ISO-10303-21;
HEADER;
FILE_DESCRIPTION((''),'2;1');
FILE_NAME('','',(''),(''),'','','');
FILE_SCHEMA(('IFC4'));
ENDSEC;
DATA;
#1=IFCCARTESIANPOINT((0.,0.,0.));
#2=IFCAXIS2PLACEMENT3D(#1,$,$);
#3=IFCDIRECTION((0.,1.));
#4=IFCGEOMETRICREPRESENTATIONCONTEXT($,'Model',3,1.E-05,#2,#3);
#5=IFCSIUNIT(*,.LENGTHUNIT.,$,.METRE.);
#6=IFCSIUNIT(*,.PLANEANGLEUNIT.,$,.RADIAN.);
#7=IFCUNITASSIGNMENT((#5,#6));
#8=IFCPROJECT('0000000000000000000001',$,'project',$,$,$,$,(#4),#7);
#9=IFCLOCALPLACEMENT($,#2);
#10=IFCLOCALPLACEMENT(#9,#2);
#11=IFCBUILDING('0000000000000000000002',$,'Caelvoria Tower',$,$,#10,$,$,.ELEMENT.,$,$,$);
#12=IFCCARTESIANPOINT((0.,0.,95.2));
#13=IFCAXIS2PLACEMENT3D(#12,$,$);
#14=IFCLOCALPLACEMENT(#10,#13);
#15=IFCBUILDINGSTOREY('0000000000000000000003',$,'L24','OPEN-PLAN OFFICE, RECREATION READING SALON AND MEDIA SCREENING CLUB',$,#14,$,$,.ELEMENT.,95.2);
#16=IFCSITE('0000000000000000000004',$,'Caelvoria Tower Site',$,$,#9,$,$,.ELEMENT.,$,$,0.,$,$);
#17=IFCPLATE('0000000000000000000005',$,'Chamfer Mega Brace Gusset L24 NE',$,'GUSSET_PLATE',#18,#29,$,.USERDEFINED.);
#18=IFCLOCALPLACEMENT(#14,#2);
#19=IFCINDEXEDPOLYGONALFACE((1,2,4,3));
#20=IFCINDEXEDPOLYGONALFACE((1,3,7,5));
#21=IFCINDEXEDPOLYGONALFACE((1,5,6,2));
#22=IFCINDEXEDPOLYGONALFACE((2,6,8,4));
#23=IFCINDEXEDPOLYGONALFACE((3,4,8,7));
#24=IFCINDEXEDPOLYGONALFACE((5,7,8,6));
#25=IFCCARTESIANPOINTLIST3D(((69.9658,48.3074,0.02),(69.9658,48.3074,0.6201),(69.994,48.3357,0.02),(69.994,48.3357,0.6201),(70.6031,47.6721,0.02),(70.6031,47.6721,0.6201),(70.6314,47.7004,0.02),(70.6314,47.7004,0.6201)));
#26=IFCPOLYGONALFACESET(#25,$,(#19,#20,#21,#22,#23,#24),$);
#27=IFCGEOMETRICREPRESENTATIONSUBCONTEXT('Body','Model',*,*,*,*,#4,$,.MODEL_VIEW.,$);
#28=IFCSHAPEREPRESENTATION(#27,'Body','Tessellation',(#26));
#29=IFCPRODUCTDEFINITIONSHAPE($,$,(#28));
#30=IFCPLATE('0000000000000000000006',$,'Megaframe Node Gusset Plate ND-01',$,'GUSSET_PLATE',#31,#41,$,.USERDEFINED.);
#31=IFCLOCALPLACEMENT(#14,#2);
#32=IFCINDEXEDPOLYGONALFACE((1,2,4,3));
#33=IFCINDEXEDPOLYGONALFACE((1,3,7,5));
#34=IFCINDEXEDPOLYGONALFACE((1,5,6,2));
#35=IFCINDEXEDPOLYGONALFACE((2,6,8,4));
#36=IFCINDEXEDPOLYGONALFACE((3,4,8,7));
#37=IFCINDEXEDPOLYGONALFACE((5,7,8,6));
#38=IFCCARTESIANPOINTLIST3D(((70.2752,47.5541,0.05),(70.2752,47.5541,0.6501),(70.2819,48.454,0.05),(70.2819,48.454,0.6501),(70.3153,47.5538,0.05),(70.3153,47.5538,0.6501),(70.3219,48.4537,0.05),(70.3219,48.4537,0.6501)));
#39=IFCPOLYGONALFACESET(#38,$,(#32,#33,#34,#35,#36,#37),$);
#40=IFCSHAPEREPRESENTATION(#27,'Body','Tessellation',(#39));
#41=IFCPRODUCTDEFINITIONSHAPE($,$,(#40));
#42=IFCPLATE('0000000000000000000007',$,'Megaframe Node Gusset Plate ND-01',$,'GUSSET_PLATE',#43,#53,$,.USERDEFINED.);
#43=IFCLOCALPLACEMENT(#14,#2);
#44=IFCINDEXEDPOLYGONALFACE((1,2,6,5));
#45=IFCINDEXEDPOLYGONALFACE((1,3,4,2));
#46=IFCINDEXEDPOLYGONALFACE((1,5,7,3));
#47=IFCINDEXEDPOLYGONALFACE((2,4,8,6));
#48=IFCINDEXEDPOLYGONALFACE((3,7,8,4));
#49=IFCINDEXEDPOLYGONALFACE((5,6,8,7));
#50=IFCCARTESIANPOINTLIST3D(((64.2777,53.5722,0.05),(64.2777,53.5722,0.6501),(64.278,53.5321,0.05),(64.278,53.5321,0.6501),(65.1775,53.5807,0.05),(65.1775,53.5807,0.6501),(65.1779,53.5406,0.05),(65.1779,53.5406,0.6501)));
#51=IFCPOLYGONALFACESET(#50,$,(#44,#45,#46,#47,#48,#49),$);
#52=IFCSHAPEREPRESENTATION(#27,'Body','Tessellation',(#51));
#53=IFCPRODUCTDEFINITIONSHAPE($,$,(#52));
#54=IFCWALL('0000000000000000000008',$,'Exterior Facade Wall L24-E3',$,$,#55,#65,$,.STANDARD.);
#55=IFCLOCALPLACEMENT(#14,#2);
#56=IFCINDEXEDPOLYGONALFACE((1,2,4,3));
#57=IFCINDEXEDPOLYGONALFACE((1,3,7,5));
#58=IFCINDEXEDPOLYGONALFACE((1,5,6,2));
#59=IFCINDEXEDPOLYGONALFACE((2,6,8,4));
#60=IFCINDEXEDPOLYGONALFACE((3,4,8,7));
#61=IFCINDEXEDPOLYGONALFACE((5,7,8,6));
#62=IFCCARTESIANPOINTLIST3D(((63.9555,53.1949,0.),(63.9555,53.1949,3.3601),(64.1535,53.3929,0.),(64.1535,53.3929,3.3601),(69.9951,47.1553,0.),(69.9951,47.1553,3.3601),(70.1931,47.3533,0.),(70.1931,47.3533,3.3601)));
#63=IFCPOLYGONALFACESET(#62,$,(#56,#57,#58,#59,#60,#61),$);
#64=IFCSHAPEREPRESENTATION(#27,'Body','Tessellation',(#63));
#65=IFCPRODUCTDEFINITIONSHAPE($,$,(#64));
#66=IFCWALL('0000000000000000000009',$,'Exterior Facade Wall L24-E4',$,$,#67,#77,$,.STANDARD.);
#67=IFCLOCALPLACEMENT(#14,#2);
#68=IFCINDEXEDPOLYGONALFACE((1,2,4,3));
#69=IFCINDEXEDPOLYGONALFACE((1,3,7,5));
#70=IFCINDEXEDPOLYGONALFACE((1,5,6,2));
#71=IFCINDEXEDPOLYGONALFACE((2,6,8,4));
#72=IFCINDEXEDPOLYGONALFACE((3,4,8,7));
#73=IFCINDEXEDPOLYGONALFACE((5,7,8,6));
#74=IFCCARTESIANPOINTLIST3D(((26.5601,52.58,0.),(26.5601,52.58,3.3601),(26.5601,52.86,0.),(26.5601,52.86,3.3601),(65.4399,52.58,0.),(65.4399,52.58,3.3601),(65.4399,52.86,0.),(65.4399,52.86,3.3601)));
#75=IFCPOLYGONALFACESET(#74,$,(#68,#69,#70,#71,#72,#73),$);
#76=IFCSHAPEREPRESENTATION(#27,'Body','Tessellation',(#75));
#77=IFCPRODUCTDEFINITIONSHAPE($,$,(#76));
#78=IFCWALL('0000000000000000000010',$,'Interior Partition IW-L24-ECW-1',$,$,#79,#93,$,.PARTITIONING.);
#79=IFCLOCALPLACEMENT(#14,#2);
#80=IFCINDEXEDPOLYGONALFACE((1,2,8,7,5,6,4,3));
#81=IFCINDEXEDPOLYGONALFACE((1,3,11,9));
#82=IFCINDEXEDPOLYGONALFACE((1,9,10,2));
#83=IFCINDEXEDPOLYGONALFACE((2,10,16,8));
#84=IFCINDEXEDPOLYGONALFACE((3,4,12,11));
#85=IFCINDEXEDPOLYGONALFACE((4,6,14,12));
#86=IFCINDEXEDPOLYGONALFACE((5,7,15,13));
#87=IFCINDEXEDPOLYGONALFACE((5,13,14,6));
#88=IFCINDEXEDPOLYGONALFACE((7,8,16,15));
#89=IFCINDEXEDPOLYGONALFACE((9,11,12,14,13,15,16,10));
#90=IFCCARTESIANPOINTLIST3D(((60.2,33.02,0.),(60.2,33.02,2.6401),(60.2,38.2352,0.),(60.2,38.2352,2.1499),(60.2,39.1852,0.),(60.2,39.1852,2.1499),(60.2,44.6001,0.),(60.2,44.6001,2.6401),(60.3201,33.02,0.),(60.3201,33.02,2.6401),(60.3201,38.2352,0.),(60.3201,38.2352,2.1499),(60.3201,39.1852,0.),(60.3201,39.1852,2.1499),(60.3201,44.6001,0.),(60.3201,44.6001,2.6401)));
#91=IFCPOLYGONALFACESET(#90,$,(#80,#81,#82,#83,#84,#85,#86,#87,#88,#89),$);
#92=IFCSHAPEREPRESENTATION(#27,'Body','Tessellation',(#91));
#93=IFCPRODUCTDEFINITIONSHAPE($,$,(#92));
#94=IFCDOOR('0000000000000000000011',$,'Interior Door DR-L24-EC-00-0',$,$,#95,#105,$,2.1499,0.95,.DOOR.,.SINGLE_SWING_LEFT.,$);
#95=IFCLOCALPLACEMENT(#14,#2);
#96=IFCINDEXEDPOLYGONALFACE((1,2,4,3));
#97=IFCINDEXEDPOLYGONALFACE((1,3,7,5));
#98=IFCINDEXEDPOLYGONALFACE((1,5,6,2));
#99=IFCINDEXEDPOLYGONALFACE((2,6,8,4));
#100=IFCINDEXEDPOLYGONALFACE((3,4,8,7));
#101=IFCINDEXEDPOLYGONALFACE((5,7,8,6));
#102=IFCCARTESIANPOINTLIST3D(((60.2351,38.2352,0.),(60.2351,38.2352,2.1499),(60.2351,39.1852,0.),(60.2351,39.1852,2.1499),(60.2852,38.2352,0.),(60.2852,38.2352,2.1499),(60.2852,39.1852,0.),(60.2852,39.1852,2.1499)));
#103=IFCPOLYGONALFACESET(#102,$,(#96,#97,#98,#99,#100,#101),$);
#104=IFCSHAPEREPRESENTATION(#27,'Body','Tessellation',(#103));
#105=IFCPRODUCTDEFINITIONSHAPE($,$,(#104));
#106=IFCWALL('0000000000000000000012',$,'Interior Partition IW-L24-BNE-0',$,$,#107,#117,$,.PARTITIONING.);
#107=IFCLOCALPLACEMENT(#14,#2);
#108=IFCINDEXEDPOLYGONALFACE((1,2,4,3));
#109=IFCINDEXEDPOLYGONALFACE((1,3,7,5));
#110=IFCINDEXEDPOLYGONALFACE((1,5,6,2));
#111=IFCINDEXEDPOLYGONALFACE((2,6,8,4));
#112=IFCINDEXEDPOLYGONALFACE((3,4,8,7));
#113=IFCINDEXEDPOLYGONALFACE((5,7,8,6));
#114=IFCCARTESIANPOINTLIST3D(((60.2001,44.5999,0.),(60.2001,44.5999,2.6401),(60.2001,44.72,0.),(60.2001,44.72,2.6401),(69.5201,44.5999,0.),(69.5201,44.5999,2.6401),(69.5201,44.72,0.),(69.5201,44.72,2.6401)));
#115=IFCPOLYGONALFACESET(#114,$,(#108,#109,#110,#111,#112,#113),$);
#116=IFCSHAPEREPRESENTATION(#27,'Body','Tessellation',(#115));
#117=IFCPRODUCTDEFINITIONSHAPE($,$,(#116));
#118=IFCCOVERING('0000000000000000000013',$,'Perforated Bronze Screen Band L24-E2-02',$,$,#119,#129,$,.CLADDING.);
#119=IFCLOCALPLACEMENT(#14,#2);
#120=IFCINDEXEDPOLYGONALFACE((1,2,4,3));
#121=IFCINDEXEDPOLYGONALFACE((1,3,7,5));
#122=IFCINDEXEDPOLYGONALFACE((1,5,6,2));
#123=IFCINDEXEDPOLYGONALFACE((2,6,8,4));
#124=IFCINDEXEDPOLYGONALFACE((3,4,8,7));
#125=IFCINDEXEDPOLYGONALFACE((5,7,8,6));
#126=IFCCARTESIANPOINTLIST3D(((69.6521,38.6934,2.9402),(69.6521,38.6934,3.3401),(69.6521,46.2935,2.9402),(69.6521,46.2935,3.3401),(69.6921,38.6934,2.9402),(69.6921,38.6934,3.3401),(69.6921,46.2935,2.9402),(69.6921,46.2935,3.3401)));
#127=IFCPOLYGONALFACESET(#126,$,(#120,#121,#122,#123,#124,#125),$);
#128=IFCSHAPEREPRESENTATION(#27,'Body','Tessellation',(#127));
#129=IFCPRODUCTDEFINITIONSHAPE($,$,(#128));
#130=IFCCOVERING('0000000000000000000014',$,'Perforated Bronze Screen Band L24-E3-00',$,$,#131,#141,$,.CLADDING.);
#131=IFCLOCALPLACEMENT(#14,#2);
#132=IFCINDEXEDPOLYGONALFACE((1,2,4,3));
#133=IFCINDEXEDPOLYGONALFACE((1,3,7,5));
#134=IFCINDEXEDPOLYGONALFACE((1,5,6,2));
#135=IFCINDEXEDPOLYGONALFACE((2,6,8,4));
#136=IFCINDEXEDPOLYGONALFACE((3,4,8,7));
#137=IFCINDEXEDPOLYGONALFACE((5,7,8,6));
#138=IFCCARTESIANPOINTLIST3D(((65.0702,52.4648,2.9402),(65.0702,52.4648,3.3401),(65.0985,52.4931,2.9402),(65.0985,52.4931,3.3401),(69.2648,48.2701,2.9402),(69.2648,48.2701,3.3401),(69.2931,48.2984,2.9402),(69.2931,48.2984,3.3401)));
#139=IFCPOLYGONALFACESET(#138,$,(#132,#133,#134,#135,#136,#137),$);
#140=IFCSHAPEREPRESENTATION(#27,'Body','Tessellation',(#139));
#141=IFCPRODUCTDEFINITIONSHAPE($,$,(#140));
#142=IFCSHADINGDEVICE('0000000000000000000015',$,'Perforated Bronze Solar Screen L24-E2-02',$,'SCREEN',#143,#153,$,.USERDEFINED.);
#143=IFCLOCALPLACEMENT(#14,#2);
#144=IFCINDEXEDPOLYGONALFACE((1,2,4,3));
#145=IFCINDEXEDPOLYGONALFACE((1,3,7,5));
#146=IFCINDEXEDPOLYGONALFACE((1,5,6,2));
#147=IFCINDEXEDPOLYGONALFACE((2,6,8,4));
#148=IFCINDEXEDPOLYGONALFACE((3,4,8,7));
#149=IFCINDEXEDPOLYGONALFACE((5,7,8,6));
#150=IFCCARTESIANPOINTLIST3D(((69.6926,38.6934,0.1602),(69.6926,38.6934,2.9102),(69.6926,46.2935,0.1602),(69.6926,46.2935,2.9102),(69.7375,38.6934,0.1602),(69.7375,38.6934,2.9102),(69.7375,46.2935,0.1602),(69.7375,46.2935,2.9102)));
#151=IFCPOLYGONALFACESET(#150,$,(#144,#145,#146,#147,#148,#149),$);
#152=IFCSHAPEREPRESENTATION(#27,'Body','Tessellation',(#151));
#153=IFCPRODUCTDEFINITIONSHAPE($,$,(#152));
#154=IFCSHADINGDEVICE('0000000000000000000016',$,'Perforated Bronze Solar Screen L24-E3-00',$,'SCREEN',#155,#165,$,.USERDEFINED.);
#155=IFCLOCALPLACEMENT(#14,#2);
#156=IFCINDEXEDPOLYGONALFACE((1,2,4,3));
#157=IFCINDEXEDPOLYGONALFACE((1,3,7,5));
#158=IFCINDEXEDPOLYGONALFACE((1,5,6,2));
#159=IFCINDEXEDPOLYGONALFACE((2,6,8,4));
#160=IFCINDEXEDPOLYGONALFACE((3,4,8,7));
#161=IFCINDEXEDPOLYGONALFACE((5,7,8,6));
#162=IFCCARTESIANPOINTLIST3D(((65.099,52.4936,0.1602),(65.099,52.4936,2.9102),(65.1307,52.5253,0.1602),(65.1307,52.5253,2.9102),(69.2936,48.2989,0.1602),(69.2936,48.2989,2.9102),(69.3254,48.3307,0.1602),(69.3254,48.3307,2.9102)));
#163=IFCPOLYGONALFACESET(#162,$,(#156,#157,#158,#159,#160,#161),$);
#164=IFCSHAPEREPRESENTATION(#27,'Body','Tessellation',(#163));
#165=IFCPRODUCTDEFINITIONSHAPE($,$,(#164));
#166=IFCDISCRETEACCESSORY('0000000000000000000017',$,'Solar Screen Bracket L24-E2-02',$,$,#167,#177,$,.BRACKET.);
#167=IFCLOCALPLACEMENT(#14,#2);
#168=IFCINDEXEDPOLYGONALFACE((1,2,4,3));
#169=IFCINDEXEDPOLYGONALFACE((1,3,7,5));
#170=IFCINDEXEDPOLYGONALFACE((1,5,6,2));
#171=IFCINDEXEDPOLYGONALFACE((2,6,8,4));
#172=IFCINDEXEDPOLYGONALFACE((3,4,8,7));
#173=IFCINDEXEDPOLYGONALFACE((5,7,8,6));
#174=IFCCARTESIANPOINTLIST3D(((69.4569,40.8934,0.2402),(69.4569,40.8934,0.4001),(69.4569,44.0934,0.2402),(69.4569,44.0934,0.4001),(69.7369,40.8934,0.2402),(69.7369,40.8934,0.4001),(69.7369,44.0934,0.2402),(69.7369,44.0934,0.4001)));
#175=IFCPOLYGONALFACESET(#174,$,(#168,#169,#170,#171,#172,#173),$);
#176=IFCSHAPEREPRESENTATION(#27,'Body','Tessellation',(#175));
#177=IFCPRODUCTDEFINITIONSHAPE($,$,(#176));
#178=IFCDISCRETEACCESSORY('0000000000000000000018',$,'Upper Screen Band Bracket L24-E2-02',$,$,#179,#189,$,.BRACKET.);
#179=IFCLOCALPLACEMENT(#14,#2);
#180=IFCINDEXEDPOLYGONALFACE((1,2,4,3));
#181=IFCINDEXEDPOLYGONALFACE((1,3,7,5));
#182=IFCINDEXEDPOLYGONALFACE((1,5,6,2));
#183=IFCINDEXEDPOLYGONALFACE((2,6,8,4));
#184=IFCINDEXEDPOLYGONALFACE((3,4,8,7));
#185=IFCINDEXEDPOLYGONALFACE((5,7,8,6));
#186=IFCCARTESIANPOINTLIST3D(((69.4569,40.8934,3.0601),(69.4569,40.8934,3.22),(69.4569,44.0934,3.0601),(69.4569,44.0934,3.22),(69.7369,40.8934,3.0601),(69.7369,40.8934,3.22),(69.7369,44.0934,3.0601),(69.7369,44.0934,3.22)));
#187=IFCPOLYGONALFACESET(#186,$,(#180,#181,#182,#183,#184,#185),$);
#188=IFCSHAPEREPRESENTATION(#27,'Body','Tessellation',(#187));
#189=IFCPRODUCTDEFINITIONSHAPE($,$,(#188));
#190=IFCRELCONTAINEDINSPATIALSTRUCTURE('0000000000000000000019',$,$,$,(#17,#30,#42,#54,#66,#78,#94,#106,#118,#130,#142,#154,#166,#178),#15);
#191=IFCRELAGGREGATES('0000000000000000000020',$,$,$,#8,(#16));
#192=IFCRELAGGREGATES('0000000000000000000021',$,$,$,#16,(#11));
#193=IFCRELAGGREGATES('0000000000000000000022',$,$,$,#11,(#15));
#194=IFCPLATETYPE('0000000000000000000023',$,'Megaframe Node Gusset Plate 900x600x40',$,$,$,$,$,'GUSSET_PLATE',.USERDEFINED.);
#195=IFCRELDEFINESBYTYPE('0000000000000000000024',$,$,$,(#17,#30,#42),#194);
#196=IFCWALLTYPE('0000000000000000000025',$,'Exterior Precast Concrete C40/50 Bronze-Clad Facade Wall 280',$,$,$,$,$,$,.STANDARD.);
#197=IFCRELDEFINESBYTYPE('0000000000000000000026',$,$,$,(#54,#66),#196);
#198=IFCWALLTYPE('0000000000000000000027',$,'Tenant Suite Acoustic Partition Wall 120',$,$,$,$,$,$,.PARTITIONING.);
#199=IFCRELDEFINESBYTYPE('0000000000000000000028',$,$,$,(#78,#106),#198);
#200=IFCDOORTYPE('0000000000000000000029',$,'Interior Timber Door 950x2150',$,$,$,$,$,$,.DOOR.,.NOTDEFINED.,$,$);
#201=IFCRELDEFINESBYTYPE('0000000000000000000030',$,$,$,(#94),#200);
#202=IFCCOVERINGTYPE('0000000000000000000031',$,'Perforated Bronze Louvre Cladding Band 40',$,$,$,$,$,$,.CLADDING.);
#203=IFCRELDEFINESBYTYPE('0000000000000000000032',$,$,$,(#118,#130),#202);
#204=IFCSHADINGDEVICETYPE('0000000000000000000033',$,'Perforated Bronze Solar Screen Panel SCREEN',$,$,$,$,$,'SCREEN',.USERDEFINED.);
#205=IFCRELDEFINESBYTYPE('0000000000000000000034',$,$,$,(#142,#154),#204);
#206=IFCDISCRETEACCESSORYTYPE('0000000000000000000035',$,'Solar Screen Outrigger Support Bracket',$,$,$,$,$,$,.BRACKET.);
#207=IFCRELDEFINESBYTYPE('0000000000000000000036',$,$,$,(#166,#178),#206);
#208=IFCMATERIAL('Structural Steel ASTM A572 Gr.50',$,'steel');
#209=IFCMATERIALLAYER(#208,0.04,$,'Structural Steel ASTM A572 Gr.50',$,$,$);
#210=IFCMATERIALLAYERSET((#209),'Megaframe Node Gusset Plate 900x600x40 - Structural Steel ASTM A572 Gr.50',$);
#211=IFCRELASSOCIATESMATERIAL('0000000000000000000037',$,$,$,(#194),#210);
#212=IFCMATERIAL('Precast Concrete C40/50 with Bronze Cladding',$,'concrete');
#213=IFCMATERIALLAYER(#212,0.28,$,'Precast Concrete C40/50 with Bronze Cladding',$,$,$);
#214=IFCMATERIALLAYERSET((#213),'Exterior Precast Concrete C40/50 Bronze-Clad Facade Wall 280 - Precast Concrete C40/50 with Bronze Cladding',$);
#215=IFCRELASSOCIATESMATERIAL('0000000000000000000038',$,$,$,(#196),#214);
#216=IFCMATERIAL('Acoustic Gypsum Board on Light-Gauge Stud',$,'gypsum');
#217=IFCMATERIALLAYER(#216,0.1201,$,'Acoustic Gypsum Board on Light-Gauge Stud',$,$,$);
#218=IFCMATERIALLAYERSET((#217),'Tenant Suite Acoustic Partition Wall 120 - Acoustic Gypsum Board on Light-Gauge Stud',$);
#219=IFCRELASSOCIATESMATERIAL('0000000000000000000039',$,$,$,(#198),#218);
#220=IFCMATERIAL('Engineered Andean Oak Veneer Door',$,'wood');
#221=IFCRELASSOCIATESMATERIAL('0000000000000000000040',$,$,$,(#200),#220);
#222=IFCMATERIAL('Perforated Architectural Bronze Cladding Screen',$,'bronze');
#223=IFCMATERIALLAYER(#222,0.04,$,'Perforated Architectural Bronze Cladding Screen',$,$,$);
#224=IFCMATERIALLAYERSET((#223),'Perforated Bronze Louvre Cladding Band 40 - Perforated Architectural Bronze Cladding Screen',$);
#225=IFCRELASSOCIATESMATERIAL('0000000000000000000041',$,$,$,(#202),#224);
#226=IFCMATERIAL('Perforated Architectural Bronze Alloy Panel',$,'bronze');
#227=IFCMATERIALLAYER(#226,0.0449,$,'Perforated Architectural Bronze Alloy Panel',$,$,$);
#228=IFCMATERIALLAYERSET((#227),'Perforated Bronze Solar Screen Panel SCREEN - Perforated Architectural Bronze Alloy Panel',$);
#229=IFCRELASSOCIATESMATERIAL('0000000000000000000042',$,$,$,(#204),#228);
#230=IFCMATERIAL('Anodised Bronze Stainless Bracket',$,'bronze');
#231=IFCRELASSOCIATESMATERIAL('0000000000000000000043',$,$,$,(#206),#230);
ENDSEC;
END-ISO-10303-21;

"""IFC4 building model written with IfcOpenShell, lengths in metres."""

from ifc_helpers import new_model, si_unit, direction, frame, frame_2d, origin, origin_2d, place, context, subcontext, project, spatial, rectangle, extrude, material, layer, layer_set, type_object, element, fill, save


model = new_model("IFC4")

# Units and contexts
model_context = context("Model", 3, precision=1e-05, world=origin(), true_north=direction((0.0, 1.0)))
body_context = subcontext(model_context, "Body", "Model", "MODEL_VIEW")
ifc_project = project(units=[si_unit("LENGTHUNIT", "METRE"), si_unit("PLANEANGLEUNIT", "RADIAN")], contexts=[model_context])

# Site, building, storey
site_placement = place(None, origin())
site = spatial("IfcSite", under=ifc_project, at=site_placement, Name="Caelvoria Tower Site", CompositionType="ELEMENT", RefElevation=0.0)
building_placement = place(site_placement, origin())
building = spatial("IfcBuilding", under=site, at=building_placement, Name="Caelvoria Tower", CompositionType="ELEMENT")
storey_placement = place(building_placement, frame((0.0, 0.0, 95.2)))
storey = spatial("IfcBuildingStorey", under=building, at=storey_placement, Name="L24", Description="OPEN-PLAN OFFICE, RECREATION READING SALON AND MEDIA SCREENING CLUB", CompositionType="ELEMENT", Elevation=95.2)

# Shared definitions
ifc_material_1 = material(Name="Structural Steel ASTM A572 Gr.50", Category="steel")

# Plates
ifc_layer_1 = layer(ifc_material_1, 0.04, Name="Structural Steel ASTM A572 Gr.50")
ifc_layer_set_1 = layer_set([ifc_layer_1], Name="Megaframe Node Gusset Plate 900x600x40 - Structural Steel ASTM A572 Gr.50")
plate_type = type_object("IfcPlateType", Name="Megaframe Node Gusset Plate 900x600x40", ElementType="GUSSET_PLATE", PredefinedType="USERDEFINED", material=ifc_layer_set_1)
for number, where, z_axis, x_axis, name in (
    (1, (70.2986, 48.0039, 0.02), (0.0, 0.0, 1.0), (-0.708276, 0.705936, 0.0), "Chamfer Mega Brace Gusset L24 NE"),
    (2, (70.2986, 48.0039, 0.05), (0.0, 0.0, 1.0), (-0.007416, -0.999973, 0.0), "Megaframe Node Gusset Plate ND-01"),
    (3, (64.7278, 53.5564, 0.05), (0.0, 0.0, 1.0), (-0.999956, -0.009425, 0.0), "Megaframe Node Gusset Plate ND-01"),
):
    element("IfcPlate", number, at=place(storey_placement, frame(where, z_axis=z_axis, x_axis=x_axis)), inside=storey, type_object=plate_type, Name=name, ObjectType="GUSSET_PLATE", PredefinedType="USERDEFINED", context=body_context, shape_type="SweptSolid", body=[
        extrude(rectangle(XDim=0.8999, YDim=0.04, at=origin_2d()), origin(), (0.0, 0.0, 1.0), 0.6001),
    ])

# Walls
ifc_material_2 = material(Name="Precast Concrete C40/50 with Bronze Cladding", Category="concrete")
ifc_layer_2 = layer(ifc_material_2, 0.28, Name="Precast Concrete C40/50 with Bronze Cladding")
ifc_layer_set_2 = layer_set([ifc_layer_2], Name="Exterior Precast Concrete C40/50 Bronze-Clad Facade Wall 280 - Precast Concrete C40/50 with Bronze Cladding")
wall_type_1 = type_object("IfcWallType", Name="Exterior Precast Concrete C40/50 Bronze-Clad Facade Wall 280", PredefinedType="STANDARD", material=ifc_layer_set_2)
wall_1_placement = place(storey_placement, frame((70.094, 47.2544, 0.0), z_axis=(0.0, 0.0, 1.0), x_axis=(-0.707107, 0.707107, 0.0)))
element("IfcWall", 4, at=wall_1_placement, inside=storey, type_object=wall_type_1, Name="Exterior Facade Wall L24-E3", PredefinedType="STANDARD", context=body_context, shape_type="SweptSolid", body=[
    extrude(rectangle(XDim=8.5413, YDim=0.28, at=frame_2d((4.2705, 0.0))), origin(), (0.0, 0.0, 1.0), 3.3601),
])
wall_2_placement = place(storey_placement, frame((65.4399, 52.72, 0.0), z_axis=(0.0, 0.0, 1.0), x_axis=(-1.0, 0.0, 0.0)))
element("IfcWall", 5, at=wall_2_placement, inside=storey, type_object=wall_type_1, Name="Exterior Facade Wall L24-E4", PredefinedType="STANDARD", context=body_context, shape_type="SweptSolid", body=[
    extrude(rectangle(XDim=38.8799, YDim=0.28, at=frame_2d((19.4399, 0.0))), origin(), (0.0, 0.0, 1.0), 3.3601),
])

# Wall, opening, door
ifc_material_3 = material(Name="Acoustic Gypsum Board on Light-Gauge Stud", Category="gypsum")
ifc_layer_3 = layer(ifc_material_3, 0.1201, Name="Acoustic Gypsum Board on Light-Gauge Stud")
ifc_layer_set_3 = layer_set([ifc_layer_3], Name="Tenant Suite Acoustic Partition Wall 120 - Acoustic Gypsum Board on Light-Gauge Stud")
wall_type_2 = type_object("IfcWallType", Name="Tenant Suite Acoustic Partition Wall 120", PredefinedType="PARTITIONING", material=ifc_layer_set_3)
wall_3_placement = place(storey_placement, frame((60.26, 33.02, 0.0), z_axis=(0.0, 0.0, 1.0), x_axis=(0.0, 1.0, 0.0)))
wall_3 = element("IfcWall", 6, at=wall_3_placement, inside=storey, type_object=wall_type_2, Name="Interior Partition IW-L24-ECW-1", PredefinedType="PARTITIONING", context=body_context, shape_type="SweptSolid", body=[
    extrude(rectangle(XDim=11.5801, YDim=0.1201, at=frame_2d((5.79, 0.0))), origin(), (0.0, 0.0, 1.0), 2.6401),
])
opening_placement = place(wall_3_placement, frame((5.2151, 0.0, 0.0)))
opening = element("IfcOpeningElement", 7, at=opening_placement, cuts=wall_3, PredefinedType="OPENING", context=body_context, shape_type="SweptSolid", body=[
    extrude(rectangle(XDim=0.95, YDim=2.1499, at=frame_2d((0.4751, 1.075))), frame((0.0, 0.0701, 0.0), z_axis=(0.0, -1.0, 0.0), x_axis=(1.0, 0.0, 0.0)), (0.0, 0.0, 1.0), 0.1401),
])
ifc_material_4 = material(Name="Engineered Andean Oak Veneer Door", Category="wood")
door_type = type_object("IfcDoorType", Name="Interior Timber Door 950x2150", OperationType="NOTDEFINED", PredefinedType="DOOR", material=ifc_material_4)
door_placement = place(opening_placement, origin())
door = element("IfcDoor", 8, at=door_placement, inside=storey, type_object=door_type, Name="Interior Door DR-L24-EC-00-0", OperationType="SINGLE_SWING_LEFT", OverallHeight=2.1499, OverallWidth=0.95, PredefinedType="DOOR", context=body_context, shape_type="SweptSolid", body=[
    extrude(rectangle(XDim=0.95, YDim=2.1499, at=frame_2d((0.4751, 1.075))), frame((0.0, 0.0249, 0.0), z_axis=(0.0, -1.0, 0.0), x_axis=(1.0, 0.0, 0.0)), (0.0, 0.0, 1.0), 0.05),
])
fill(opening, door)

# Wall
wall_4_placement = place(storey_placement, frame((60.2, 44.6599, 0.0), z_axis=(0.0, 0.0, 1.0), x_axis=(1.0, 0.0, 0.0)))
element("IfcWall", 9, at=wall_4_placement, inside=storey, type_object=wall_type_2, Name="Interior Partition IW-L24-BNE-0", PredefinedType="PARTITIONING", context=body_context, shape_type="SweptSolid", body=[
    extrude(rectangle(XDim=9.3201, YDim=0.1201, at=frame_2d((4.6602, 0.0))), origin(), (0.0, 0.0, 1.0), 2.6401),
])

# Coverings
ifc_material_5 = material(Name="Perforated Architectural Bronze Cladding Screen", Category="bronze")
ifc_layer_4 = layer(ifc_material_5, 0.04, Name="Perforated Architectural Bronze Cladding Screen")
ifc_layer_set_4 = layer_set([ifc_layer_4], Name="Perforated Bronze Louvre Cladding Band 40 - Perforated Architectural Bronze Cladding Screen")
covering_type = type_object("IfcCoveringType", Name="Perforated Bronze Louvre Cladding Band 40", PredefinedType="CLADDING", material=ifc_layer_set_4)
covering_1_placement = place(storey_placement, frame((69.6721, 42.4934, 2.9402), z_axis=(0.0, 0.0, 1.0), x_axis=(0.0, 1.0, 0.0)))
element("IfcCovering", 10, at=covering_1_placement, inside=storey, type_object=covering_type, Name="Perforated Bronze Screen Band L24-E2-02", PredefinedType="CLADDING", context=body_context, shape_type="SweptSolid", body=[
    extrude(rectangle(XDim=7.6001, YDim=0.04, at=origin_2d()), origin(), (0.0, 0.0, 1.0), 0.3999),
])
covering_2_placement = place(storey_placement, frame((67.1816, 50.3816, 2.9402), z_axis=(0.0, 0.0, 1.0), x_axis=(-0.707107, 0.707107, 0.0)))
element("IfcCovering", 11, at=covering_2_placement, inside=storey, type_object=covering_type, Name="Perforated Bronze Screen Band L24-E3-00", PredefinedType="CLADDING", context=body_context, shape_type="SweptSolid", body=[
    extrude(rectangle(XDim=5.9321, YDim=0.04, at=origin_2d()), origin(), (0.0, 0.0, 1.0), 0.3999),
])

# Shading devices
ifc_material_6 = material(Name="Perforated Architectural Bronze Alloy Panel", Category="bronze")
ifc_layer_5 = layer(ifc_material_6, 0.0449, Name="Perforated Architectural Bronze Alloy Panel")
ifc_layer_set_5 = layer_set([ifc_layer_5], Name="Perforated Bronze Solar Screen Panel SCREEN - Perforated Architectural Bronze Alloy Panel")
shading_device_type = type_object("IfcShadingDeviceType", Name="Perforated Bronze Solar Screen Panel SCREEN", ElementType="SCREEN", PredefinedType="USERDEFINED", material=ifc_layer_set_5)
shading_device_1_placement = place(storey_placement, frame((69.7151, 42.4934, 0.1602), z_axis=(0.0, 0.0, 1.0), x_axis=(0.0, 1.0, 0.0)))
element("IfcShadingDevice", 12, at=shading_device_1_placement, inside=storey, type_object=shading_device_type, Name="Perforated Bronze Solar Screen L24-E2-02", ObjectType="SCREEN", PredefinedType="USERDEFINED", context=body_context, shape_type="SweptSolid", body=[
    extrude(rectangle(XDim=7.6001, YDim=0.0449, at=origin_2d()), origin(), (0.0, 0.0, 1.0), 2.75),
])
shading_device_2_placement = place(storey_placement, frame((67.2122, 50.4121, 0.1602), z_axis=(0.0, 0.0, 1.0), x_axis=(-0.707107, 0.707107, 0.0)))
element("IfcShadingDevice", 13, at=shading_device_2_placement, inside=storey, type_object=shading_device_type, Name="Perforated Bronze Solar Screen L24-E3-00", ObjectType="SCREEN", PredefinedType="USERDEFINED", context=body_context, shape_type="SweptSolid", body=[
    extrude(rectangle(XDim=5.9321, YDim=0.0449, at=origin_2d()), origin(), (0.0, 0.0, 1.0), 2.75),
])

# Discrete accessories
ifc_material_7 = material(Name="Anodised Bronze Stainless Bracket", Category="bronze")
discrete_accessory_type = type_object("IfcDiscreteAccessoryType", Name="Solar Screen Outrigger Support Bracket", PredefinedType="BRACKET", material=ifc_material_7)
for number, where, z_axis, x_axis, name in (
    (14, (69.5969, 42.4934, 0.2402), (0.0, 0.0, 1.0), (0.0, 1.0, 0.0), "Solar Screen Bracket L24-E2-02"),
    (15, (69.5969, 42.4934, 3.0601), (0.0, 0.0, 1.0), (0.0, 1.0, 0.0), "Upper Screen Band Bracket L24-E2-02"),
):
    element("IfcDiscreteAccessory", number, at=place(storey_placement, frame(where, z_axis=z_axis, x_axis=x_axis)), inside=storey, type_object=discrete_accessory_type, Name=name, PredefinedType="BRACKET", context=body_context, shape_type="SweptSolid", body=[
        extrude(rectangle(XDim=3.2, YDim=0.28, at=origin_2d()), origin(), (0.0, 0.0, 1.0), 0.1599),
    ])

save(model, "model.ifc")
